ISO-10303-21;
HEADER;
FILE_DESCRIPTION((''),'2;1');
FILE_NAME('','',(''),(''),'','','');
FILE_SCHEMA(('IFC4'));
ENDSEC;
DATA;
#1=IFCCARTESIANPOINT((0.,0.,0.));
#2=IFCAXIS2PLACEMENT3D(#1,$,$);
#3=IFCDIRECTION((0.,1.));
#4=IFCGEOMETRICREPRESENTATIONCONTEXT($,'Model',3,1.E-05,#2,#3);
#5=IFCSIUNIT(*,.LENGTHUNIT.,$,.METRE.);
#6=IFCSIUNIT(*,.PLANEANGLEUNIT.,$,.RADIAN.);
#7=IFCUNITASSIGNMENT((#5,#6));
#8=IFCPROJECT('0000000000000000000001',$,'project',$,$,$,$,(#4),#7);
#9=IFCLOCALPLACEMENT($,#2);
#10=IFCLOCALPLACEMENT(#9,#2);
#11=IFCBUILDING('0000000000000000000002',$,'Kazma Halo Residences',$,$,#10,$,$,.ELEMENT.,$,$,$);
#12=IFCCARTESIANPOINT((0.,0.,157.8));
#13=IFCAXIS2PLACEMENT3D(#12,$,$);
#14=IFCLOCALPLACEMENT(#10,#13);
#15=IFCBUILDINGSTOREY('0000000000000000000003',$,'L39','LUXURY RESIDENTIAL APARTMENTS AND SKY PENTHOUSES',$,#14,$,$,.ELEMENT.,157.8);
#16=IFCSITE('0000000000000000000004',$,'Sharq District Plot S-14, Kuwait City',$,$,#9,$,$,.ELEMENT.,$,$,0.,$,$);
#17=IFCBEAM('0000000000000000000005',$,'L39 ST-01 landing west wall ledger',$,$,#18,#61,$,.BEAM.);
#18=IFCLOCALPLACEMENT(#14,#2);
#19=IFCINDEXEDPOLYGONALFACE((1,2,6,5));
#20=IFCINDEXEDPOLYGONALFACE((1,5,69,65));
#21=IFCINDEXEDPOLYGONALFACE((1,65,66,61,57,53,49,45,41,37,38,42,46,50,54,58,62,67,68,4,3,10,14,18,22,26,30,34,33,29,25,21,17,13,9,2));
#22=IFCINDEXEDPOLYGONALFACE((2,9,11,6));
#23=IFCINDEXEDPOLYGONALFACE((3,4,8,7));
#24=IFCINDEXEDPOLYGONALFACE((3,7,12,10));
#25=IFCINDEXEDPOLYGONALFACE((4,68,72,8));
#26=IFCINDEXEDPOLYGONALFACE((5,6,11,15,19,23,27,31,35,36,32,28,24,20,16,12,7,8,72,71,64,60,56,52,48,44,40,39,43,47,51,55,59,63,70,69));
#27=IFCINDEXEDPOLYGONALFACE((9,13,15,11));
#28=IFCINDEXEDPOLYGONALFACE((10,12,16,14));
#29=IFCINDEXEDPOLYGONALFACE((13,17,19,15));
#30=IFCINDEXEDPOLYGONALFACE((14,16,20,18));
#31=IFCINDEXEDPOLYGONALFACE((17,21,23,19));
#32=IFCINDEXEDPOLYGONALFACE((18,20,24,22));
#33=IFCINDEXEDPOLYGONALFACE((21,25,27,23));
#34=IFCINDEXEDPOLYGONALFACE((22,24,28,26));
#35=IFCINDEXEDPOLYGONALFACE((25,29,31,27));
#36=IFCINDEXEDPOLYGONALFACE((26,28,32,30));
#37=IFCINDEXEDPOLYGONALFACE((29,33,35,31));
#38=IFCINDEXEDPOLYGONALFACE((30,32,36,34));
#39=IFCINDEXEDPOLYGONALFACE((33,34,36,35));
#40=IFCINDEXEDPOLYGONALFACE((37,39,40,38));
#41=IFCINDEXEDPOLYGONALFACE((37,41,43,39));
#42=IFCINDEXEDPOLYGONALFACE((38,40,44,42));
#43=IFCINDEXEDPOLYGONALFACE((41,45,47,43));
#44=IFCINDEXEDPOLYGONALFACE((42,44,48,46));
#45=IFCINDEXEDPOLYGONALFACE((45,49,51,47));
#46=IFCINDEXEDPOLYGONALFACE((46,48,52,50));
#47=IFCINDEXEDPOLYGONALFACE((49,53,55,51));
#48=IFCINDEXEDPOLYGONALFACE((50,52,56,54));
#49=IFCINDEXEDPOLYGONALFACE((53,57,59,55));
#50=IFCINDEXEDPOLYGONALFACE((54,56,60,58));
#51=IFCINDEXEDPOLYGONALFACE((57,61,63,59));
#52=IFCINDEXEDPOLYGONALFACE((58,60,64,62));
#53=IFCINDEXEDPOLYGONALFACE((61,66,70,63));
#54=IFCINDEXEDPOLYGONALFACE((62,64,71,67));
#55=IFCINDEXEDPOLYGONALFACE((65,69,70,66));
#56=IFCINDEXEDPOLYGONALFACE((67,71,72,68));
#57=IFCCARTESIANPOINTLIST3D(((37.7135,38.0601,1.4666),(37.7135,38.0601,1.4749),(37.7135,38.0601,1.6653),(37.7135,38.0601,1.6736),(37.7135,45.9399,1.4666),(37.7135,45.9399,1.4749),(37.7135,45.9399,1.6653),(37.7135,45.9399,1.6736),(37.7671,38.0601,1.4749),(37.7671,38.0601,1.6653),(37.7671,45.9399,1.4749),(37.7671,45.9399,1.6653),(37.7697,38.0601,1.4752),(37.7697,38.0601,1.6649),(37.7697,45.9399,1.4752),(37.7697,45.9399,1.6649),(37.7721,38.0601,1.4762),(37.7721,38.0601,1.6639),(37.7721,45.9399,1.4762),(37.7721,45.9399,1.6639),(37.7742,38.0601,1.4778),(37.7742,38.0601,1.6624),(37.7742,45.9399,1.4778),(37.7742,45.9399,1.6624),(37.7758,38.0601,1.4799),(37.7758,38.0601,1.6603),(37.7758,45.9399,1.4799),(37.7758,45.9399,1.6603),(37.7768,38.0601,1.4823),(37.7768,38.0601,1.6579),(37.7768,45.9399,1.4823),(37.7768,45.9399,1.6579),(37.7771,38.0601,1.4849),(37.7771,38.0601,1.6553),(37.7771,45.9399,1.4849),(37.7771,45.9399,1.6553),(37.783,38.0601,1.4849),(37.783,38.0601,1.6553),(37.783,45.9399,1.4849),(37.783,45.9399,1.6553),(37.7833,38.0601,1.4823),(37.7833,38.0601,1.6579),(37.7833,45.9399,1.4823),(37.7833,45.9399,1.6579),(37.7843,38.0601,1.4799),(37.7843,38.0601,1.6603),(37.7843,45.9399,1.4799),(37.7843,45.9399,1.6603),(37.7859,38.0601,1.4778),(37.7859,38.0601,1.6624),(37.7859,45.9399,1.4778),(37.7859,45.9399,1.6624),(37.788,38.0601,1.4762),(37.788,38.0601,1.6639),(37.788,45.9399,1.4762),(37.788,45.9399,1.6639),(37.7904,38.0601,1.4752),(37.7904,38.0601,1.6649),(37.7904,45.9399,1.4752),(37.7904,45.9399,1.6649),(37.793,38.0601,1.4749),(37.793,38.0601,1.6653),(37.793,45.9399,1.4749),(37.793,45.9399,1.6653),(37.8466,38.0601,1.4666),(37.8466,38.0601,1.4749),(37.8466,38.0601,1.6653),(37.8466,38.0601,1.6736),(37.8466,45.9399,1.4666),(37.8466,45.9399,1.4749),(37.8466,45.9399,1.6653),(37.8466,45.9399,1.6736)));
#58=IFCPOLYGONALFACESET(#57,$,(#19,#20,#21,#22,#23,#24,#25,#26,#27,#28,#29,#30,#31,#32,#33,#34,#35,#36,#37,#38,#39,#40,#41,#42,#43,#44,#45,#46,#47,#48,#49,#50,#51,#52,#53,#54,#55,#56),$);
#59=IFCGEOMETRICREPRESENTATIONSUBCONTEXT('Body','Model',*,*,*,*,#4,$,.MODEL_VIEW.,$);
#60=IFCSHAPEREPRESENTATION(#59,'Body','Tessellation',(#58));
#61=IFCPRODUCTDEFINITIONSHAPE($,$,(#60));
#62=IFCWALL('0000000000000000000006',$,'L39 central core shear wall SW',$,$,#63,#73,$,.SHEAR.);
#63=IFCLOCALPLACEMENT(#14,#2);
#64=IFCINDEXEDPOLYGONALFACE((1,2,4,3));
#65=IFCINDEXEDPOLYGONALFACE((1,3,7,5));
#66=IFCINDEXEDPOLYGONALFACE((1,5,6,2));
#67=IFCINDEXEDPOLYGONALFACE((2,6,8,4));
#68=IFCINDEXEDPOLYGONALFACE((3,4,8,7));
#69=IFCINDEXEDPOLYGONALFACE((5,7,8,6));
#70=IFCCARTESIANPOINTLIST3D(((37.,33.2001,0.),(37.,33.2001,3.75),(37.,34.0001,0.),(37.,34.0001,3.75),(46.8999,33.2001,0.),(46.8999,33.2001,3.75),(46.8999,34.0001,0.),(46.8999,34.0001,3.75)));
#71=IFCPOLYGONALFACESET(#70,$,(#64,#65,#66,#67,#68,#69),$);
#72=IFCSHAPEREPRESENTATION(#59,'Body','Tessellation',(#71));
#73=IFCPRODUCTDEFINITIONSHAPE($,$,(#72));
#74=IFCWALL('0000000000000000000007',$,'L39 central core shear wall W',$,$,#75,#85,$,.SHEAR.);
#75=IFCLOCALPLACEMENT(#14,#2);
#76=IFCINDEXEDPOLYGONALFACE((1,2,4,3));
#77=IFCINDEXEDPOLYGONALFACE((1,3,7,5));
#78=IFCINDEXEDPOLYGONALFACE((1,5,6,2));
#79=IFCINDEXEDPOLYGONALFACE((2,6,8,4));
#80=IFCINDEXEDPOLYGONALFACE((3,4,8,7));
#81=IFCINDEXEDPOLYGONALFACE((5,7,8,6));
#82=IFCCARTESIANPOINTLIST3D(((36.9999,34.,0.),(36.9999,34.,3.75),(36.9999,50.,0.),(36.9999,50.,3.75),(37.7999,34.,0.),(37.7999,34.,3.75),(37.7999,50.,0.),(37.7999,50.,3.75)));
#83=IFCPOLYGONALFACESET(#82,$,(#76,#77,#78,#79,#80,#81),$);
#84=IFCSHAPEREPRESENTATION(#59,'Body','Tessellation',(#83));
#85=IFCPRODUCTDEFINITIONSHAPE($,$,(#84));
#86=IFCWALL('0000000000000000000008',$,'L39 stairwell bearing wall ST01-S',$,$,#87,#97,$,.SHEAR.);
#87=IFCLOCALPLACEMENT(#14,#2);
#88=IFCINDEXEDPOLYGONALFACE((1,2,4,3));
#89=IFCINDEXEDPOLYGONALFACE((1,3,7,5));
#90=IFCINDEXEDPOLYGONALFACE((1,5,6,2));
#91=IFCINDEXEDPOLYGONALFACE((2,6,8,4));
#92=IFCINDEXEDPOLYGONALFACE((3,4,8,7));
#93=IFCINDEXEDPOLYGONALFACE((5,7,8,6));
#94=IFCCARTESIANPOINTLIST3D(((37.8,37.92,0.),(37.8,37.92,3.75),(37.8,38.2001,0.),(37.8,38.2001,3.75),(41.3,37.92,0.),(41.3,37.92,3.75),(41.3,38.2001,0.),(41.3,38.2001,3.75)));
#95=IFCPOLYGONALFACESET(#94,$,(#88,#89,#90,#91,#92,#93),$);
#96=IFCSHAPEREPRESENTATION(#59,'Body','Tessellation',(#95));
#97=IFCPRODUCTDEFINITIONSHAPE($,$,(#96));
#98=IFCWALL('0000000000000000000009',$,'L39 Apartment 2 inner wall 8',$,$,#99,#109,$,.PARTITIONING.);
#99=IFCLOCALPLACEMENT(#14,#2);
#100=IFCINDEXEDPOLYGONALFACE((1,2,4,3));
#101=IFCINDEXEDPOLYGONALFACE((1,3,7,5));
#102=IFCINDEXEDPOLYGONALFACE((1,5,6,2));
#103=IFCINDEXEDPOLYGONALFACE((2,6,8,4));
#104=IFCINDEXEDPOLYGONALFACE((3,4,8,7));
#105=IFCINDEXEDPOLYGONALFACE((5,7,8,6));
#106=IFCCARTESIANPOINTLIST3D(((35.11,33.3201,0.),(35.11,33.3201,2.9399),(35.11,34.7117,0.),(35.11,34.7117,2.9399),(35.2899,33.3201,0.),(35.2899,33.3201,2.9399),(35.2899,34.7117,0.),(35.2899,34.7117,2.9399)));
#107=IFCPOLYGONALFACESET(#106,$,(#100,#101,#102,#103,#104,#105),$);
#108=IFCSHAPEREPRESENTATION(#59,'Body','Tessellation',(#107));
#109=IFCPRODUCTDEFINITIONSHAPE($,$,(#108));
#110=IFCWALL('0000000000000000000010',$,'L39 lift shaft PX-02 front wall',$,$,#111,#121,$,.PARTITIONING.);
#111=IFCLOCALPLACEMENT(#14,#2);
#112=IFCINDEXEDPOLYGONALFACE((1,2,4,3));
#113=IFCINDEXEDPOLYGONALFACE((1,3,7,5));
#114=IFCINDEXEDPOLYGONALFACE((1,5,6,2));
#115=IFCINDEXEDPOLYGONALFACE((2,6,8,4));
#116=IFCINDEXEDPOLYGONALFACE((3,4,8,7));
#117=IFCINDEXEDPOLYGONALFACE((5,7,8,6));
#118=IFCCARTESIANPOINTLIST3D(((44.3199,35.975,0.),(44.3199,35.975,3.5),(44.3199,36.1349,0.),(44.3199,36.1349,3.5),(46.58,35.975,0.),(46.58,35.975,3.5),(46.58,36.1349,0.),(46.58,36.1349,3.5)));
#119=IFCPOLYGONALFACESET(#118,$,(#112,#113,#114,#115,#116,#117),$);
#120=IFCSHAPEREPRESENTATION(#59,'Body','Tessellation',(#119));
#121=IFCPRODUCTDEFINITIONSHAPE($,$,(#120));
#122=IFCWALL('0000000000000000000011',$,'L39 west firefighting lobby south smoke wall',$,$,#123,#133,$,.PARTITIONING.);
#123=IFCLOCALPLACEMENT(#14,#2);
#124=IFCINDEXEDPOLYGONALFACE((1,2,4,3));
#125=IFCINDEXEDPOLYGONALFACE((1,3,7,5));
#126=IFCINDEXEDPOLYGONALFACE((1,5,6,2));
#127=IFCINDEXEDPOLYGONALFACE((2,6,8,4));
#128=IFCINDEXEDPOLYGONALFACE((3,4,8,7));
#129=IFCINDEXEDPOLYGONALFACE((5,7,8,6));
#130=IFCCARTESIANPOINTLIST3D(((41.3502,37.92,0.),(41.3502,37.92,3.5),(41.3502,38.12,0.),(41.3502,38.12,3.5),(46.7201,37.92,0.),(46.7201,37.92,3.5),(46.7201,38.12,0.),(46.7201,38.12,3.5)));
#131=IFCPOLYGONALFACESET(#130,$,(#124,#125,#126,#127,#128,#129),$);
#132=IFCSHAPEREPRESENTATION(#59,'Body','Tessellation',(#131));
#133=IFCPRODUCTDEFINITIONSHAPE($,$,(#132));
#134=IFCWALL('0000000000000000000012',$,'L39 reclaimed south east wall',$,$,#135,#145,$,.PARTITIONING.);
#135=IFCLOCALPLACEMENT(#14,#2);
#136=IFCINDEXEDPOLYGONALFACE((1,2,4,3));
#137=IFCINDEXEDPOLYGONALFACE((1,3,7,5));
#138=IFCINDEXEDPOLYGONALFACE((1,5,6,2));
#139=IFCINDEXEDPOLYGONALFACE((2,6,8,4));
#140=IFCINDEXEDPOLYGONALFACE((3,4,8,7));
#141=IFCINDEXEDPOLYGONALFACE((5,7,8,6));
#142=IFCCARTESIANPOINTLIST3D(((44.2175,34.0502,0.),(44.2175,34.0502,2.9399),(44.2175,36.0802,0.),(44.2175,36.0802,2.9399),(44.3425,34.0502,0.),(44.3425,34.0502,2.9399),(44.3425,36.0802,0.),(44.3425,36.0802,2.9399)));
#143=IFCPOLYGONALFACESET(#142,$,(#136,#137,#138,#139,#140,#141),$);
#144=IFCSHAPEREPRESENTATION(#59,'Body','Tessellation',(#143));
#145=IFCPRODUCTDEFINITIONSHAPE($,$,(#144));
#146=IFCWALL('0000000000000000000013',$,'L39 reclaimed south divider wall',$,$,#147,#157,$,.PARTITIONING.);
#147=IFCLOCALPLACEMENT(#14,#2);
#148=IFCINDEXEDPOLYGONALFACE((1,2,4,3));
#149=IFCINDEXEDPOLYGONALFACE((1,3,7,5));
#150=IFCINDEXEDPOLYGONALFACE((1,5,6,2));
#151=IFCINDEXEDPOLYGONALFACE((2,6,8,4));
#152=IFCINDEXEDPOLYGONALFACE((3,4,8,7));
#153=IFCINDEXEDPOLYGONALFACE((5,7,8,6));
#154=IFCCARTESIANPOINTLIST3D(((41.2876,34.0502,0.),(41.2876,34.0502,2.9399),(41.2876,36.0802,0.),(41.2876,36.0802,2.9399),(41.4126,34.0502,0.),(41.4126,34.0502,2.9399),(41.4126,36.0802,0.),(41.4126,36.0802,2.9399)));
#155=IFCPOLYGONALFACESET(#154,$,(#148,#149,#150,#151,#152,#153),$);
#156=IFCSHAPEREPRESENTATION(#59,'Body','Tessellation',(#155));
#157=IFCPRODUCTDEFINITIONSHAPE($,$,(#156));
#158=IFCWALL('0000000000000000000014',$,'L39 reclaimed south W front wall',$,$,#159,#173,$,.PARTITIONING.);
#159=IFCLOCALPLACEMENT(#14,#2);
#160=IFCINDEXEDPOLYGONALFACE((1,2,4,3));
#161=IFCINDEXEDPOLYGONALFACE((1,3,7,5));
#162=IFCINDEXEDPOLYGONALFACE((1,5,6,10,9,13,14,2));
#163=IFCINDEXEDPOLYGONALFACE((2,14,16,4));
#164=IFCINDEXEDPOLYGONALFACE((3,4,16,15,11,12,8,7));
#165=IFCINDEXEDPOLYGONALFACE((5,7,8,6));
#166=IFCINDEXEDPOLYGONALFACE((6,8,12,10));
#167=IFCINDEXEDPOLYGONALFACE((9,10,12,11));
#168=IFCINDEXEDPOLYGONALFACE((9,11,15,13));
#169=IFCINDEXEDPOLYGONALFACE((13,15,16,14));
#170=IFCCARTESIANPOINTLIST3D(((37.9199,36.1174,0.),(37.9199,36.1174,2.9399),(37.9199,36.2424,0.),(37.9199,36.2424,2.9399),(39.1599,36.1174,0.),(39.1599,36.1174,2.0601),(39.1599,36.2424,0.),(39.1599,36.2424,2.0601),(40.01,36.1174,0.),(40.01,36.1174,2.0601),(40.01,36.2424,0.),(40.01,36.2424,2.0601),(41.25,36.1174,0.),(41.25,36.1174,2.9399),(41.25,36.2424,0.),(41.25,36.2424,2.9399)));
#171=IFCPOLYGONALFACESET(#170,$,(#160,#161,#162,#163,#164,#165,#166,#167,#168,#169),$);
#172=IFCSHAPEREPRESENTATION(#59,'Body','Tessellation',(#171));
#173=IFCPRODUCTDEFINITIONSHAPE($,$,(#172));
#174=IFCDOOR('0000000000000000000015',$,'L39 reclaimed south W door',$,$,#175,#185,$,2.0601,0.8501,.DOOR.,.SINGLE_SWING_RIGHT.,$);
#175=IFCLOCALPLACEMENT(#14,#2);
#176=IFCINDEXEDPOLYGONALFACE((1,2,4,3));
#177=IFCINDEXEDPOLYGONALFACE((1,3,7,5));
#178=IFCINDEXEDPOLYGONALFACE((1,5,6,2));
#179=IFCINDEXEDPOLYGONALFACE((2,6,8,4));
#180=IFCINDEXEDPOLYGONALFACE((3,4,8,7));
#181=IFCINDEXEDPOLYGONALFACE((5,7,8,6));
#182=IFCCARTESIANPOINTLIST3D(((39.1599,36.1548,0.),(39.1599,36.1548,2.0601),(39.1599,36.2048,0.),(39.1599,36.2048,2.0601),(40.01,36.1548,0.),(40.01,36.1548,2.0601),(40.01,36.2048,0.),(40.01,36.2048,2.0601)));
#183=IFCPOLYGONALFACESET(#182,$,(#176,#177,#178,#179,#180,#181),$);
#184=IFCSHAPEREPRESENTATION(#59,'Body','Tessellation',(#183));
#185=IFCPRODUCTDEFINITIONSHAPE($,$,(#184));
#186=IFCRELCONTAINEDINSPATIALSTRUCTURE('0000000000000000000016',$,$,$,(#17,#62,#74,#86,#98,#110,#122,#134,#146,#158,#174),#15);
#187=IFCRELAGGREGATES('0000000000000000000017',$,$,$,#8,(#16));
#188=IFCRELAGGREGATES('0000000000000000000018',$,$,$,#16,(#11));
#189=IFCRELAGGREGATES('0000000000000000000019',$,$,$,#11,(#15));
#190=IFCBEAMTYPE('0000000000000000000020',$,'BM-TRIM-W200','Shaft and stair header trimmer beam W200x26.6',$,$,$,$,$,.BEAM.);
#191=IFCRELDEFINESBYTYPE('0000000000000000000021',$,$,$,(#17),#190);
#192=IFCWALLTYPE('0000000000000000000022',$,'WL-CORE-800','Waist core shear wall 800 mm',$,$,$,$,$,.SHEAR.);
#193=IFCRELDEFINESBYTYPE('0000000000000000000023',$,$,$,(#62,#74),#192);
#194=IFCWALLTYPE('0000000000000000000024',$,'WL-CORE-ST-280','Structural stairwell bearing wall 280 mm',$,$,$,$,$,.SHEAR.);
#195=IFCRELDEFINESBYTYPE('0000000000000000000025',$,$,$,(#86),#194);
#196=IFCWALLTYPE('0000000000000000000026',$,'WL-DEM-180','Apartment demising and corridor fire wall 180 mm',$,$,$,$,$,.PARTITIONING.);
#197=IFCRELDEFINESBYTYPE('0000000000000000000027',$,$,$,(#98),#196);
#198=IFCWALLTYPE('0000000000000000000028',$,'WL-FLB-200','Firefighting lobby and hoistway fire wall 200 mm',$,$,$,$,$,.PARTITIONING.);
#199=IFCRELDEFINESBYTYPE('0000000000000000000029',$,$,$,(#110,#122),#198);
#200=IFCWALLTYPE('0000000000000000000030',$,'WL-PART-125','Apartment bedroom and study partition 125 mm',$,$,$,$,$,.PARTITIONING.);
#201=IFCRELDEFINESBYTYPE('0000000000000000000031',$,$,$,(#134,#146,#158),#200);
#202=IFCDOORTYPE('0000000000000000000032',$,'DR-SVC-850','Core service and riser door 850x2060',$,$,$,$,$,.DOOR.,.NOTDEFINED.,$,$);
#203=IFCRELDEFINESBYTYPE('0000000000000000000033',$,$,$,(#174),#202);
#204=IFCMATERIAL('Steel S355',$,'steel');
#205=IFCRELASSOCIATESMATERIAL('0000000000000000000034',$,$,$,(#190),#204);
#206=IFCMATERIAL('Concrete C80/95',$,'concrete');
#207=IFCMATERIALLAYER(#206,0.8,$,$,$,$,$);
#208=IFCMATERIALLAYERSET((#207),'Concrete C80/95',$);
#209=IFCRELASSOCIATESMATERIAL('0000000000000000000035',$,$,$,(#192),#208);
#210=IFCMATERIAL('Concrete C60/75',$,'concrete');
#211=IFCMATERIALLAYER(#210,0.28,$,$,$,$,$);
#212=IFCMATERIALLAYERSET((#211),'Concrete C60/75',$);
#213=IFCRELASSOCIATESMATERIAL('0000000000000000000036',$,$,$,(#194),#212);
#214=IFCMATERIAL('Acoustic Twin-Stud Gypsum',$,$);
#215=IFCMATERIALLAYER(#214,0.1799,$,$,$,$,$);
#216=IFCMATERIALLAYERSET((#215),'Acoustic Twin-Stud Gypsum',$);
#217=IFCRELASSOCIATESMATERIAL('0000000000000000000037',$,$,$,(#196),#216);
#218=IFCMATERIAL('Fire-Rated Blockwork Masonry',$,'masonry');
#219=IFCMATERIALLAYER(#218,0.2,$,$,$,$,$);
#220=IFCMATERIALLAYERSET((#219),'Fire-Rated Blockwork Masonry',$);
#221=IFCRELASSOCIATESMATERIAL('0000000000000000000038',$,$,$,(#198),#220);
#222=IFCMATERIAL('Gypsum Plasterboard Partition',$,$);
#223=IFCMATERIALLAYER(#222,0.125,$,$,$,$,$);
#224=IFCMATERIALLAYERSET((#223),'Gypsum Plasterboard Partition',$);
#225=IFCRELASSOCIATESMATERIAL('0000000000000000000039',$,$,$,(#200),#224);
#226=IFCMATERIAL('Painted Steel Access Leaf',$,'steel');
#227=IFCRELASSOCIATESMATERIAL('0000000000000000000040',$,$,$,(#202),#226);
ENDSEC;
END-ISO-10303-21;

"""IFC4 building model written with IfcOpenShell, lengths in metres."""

from ifc_helpers import new_model, si_unit, direction, frame, frame_2d, origin, origin_2d, place, context, subcontext, project, spatial, rectangle, i_section, extrude, material, layer, layer_set, material_profile, profile_set, type_object, element, fill, save


model = new_model("IFC4")

# Units and contexts
model_context = context("Model", 3, precision=1e-05, world=origin(), true_north=direction((0.0, 1.0)))
body_context = subcontext(model_context, "Body", "Model", "MODEL_VIEW")
ifc_project = project(units=[si_unit("LENGTHUNIT", "METRE"), si_unit("PLANEANGLEUNIT", "RADIAN")], contexts=[model_context])

# Site, building, storey
site_placement = place(None, origin())
site = spatial("IfcSite", under=ifc_project, at=site_placement, Name="Sharq District Plot S-14, Kuwait City", CompositionType="ELEMENT", RefElevation=0.0)
building_placement = place(site_placement, origin())
building = spatial("IfcBuilding", under=site, at=building_placement, Name="Kazma Halo Residences", CompositionType="ELEMENT")
storey_placement = place(building_placement, frame((0.0, 0.0, 157.8)))
storey = spatial("IfcBuildingStorey", under=building, at=storey_placement, Name="L39", Description="LUXURY RESIDENTIAL APARTMENTS AND SKY PENTHOUSES", CompositionType="ELEMENT", Elevation=157.8)

# Beam
ifc_material_1 = material(Name="Steel S355", Category="steel")
ifc_material_profile_1 = material_profile(ifc_material_1, i_section(OverallWidth=0.1331, OverallDepth=0.207, WebThickness=0.0059, FlangeThickness=0.0083, FilletRadius=0.01, at=origin_2d()), Name="W200x26.6")
ifc_profile_set_1 = profile_set([ifc_material_profile_1], Name="Steel S355")
beam_type_1 = type_object("IfcBeamType", Name="BM-TRIM-W200", Description="Shaft and stair header trimmer beam W200x26.6", PredefinedType="BEAM", material=ifc_profile_set_1)
beam_1_placement = place(storey_placement, frame((37.78, 38.0601, 1.5701), z_axis=(0.0, 1.0, 0.0), x_axis=(-1.0, 0.0, 0.0)))
element("IfcBeam", 1, at=beam_1_placement, inside=storey, type_object=beam_type_1, Name="L39 ST-01 landing west wall ledger", PredefinedType="BEAM", context=body_context, shape_type="SweptSolid", body=[
    extrude(i_section(OverallWidth=0.1331, OverallDepth=0.207, WebThickness=0.0059, FlangeThickness=0.0083, FilletRadius=0.01, at=origin_2d()), origin(), (0.0, 0.0, 1.0), 7.8799),
])

# Walls
ifc_material_2 = material(Name="Concrete C80/95", Category="concrete")
ifc_layer_1 = layer(ifc_material_2, 0.8)
ifc_layer_set_1 = layer_set([ifc_layer_1], Name="Concrete C80/95")
wall_type_1 = type_object("IfcWallType", Name="WL-CORE-800", Description="Waist core shear wall 800 mm", PredefinedType="SHEAR", material=ifc_layer_set_1)
wall_1_placement = place(storey_placement, frame((37.0, 33.6001, 0.0), z_axis=(0.0, 0.0, 1.0), x_axis=(1.0, 0.0, 0.0)))
element("IfcWall", 2, at=wall_1_placement, inside=storey, type_object=wall_type_1, Name="L39 central core shear wall SW", PredefinedType="SHEAR", context=body_context, shape_type="SweptSolid", body=[
    extrude(rectangle(XDim=9.8999, YDim=0.8, at=frame_2d((4.95, 0.0))), origin(), (0.0, 0.0, 1.0), 3.75),
])
wall_2_placement = place(storey_placement, frame((37.3999, 34.0, 0.0), z_axis=(0.0, 0.0, 1.0), x_axis=(0.0, 1.0, 0.0)))
element("IfcWall", 3, at=wall_2_placement, inside=storey, type_object=wall_type_1, Name="L39 central core shear wall W", PredefinedType="SHEAR", context=body_context, shape_type="SweptSolid", body=[
    extrude(rectangle(XDim=16.0, YDim=0.8, at=frame_2d((8.0, 0.0))), origin(), (0.0, 0.0, 1.0), 3.75),
])
ifc_material_3 = material(Name="Concrete C60/75", Category="concrete")
ifc_layer_2 = layer(ifc_material_3, 0.28)
ifc_layer_set_2 = layer_set([ifc_layer_2], Name="Concrete C60/75")
wall_type_2 = type_object("IfcWallType", Name="WL-CORE-ST-280", Description="Structural stairwell bearing wall 280 mm", PredefinedType="SHEAR", material=ifc_layer_set_2)
wall_3_placement = place(storey_placement, frame((37.8, 38.0601, 0.0), z_axis=(0.0, 0.0, 1.0), x_axis=(1.0, 0.0, 0.0)))
element("IfcWall", 4, at=wall_3_placement, inside=storey, type_object=wall_type_2, Name="L39 stairwell bearing wall ST01-S", PredefinedType="SHEAR", context=body_context, shape_type="SweptSolid", body=[
    extrude(rectangle(XDim=3.5, YDim=0.28, at=frame_2d((1.75, 0.0))), origin(), (0.0, 0.0, 1.0), 3.75),
])
ifc_material_4 = material(Name="Acoustic Twin-Stud Gypsum")
ifc_layer_3 = layer(ifc_material_4, 0.1799)
ifc_layer_set_3 = layer_set([ifc_layer_3], Name="Acoustic Twin-Stud Gypsum")
wall_type_3 = type_object("IfcWallType", Name="WL-DEM-180", Description="Apartment demising and corridor fire wall 180 mm", PredefinedType="PARTITIONING", material=ifc_layer_set_3)
wall_4_placement = place(storey_placement, frame((35.2, 34.7117, 0.0), z_axis=(0.0, 0.0, 1.0), x_axis=(0.0, -1.0, 0.0)))
element("IfcWall", 5, at=wall_4_placement, inside=storey, type_object=wall_type_3, Name="L39 Apartment 2 inner wall 8", PredefinedType="PARTITIONING", context=body_context, shape_type="SweptSolid", body=[
    extrude(rectangle(XDim=1.3916, YDim=0.1799, at=frame_2d((0.6958, 0.0))), origin(), (0.0, 0.0, 1.0), 2.9399),
])
ifc_material_5 = material(Name="Fire-Rated Blockwork Masonry", Category="masonry")
ifc_layer_4 = layer(ifc_material_5, 0.2)
ifc_layer_set_4 = layer_set([ifc_layer_4], Name="Fire-Rated Blockwork Masonry")
wall_type_4 = type_object("IfcWallType", Name="WL-FLB-200", Description="Firefighting lobby and hoistway fire wall 200 mm", PredefinedType="PARTITIONING", material=ifc_layer_set_4)
wall_5_placement = place(storey_placement, frame((44.3201, 36.0549, 0.0), z_axis=(0.0, 0.0, 1.0), x_axis=(1.0, 0.0, 0.0)))
element("IfcWall", 6, at=wall_5_placement, inside=storey, type_object=wall_type_4, Name="L39 lift shaft PX-02 front wall", PredefinedType="PARTITIONING", context=body_context, shape_type="SweptSolid", body=[
    extrude(rectangle(XDim=2.26, YDim=0.1599, at=frame_2d((1.1299, 0.0))), origin(), (0.0, 0.0, 1.0), 3.5),
])
wall_6_placement = place(storey_placement, frame((41.3501, 38.02, 0.0), z_axis=(0.0, 0.0, 1.0), x_axis=(1.0, 0.0, 0.0)))
element("IfcWall", 7, at=wall_6_placement, inside=storey, type_object=wall_type_4, Name="L39 west firefighting lobby south smoke wall", PredefinedType="PARTITIONING", context=body_context, shape_type="SweptSolid", body=[
    extrude(rectangle(XDim=5.3699, YDim=0.2, at=frame_2d((2.6851, 0.0))), origin(), (0.0, 0.0, 1.0), 3.5),
])
ifc_material_6 = material(Name="Gypsum Plasterboard Partition")
ifc_layer_5 = layer(ifc_material_6, 0.125)
ifc_layer_set_5 = layer_set([ifc_layer_5], Name="Gypsum Plasterboard Partition")
wall_type_5 = type_object("IfcWallType", Name="WL-PART-125", Description="Apartment bedroom and study partition 125 mm", PredefinedType="PARTITIONING", material=ifc_layer_set_5)
for number, where, z_axis, x_axis, name in (
    (8, (44.28, 34.05, 0.0), (0.0, 0.0, 1.0), (0.0, 1.0, 0.0), "L39 reclaimed south east wall"),
    (9, (41.3501, 34.05, 0.0), (0.0, 0.0, 1.0), (0.0, 1.0, 0.0), "L39 reclaimed south divider wall"),
):
    element("IfcWall", number, at=place(storey_placement, frame(where, z_axis=z_axis, x_axis=x_axis)), inside=storey, type_object=wall_type_5, Name=name, PredefinedType="PARTITIONING", context=body_context, shape_type="SweptSolid", body=[
        extrude(rectangle(XDim=2.03, YDim=0.125, at=frame_2d((1.0151, 0.0))), origin(), (0.0, 0.0, 1.0), 2.9399),
    ])

# Wall, opening, door
wall_7_placement = place(storey_placement, frame((37.9199, 36.1799, 0.0), z_axis=(0.0, 0.0, 1.0), x_axis=(1.0, 0.0, 0.0)))
wall_7 = element("IfcWall", 10, at=wall_7_placement, inside=storey, type_object=wall_type_5, Name="L39 reclaimed south W front wall", PredefinedType="PARTITIONING", context=body_context, shape_type="SweptSolid", body=[
    extrude(rectangle(XDim=3.3301, YDim=0.125, at=frame_2d((1.665, 0.0))), origin(), (0.0, 0.0, 1.0), 2.9399),
])
opening_1_placement = place(wall_7_placement, frame((1.24, 0.0, 0.0)))
opening_1 = element("IfcOpeningElement", 11, at=opening_1_placement, cuts=wall_7, PredefinedType="OPENING", context=body_context, shape_type="SweptSolid", body=[
    extrude(rectangle(XDim=0.8501, YDim=2.0601, at=frame_2d((0.425, 1.03))), frame((0.0, 0.0725, 0.0), z_axis=(0.0, -1.0, 0.0), x_axis=(1.0, 0.0, 0.0)), (0.0, 0.0, 1.0), 0.145),
])
ifc_material_7 = material(Name="Painted Steel Access Leaf", Category="steel")
door_type_1 = type_object("IfcDoorType", Name="DR-SVC-850", Description="Core service and riser door 850x2060", OperationType="NOTDEFINED", PredefinedType="DOOR", material=ifc_material_7)
door_1_placement = place(opening_1_placement, origin())
door_1 = element("IfcDoor", 12, at=door_1_placement, inside=storey, type_object=door_type_1, Name="L39 reclaimed south W door", OperationType="SINGLE_SWING_RIGHT", OverallHeight=2.0601, OverallWidth=0.8501, PredefinedType="DOOR", context=body_context, shape_type="SweptSolid", body=[
    extrude(rectangle(XDim=0.8501, YDim=2.0601, at=frame_2d((0.425, 1.03))), frame((0.0, 0.0249, 0.0), z_axis=(0.0, -1.0, 0.0), x_axis=(1.0, 0.0, 0.0)), (0.0, 0.0, 1.0), 0.05),
])
fill(opening_1, door_1)

save(model, "model.ifc")
